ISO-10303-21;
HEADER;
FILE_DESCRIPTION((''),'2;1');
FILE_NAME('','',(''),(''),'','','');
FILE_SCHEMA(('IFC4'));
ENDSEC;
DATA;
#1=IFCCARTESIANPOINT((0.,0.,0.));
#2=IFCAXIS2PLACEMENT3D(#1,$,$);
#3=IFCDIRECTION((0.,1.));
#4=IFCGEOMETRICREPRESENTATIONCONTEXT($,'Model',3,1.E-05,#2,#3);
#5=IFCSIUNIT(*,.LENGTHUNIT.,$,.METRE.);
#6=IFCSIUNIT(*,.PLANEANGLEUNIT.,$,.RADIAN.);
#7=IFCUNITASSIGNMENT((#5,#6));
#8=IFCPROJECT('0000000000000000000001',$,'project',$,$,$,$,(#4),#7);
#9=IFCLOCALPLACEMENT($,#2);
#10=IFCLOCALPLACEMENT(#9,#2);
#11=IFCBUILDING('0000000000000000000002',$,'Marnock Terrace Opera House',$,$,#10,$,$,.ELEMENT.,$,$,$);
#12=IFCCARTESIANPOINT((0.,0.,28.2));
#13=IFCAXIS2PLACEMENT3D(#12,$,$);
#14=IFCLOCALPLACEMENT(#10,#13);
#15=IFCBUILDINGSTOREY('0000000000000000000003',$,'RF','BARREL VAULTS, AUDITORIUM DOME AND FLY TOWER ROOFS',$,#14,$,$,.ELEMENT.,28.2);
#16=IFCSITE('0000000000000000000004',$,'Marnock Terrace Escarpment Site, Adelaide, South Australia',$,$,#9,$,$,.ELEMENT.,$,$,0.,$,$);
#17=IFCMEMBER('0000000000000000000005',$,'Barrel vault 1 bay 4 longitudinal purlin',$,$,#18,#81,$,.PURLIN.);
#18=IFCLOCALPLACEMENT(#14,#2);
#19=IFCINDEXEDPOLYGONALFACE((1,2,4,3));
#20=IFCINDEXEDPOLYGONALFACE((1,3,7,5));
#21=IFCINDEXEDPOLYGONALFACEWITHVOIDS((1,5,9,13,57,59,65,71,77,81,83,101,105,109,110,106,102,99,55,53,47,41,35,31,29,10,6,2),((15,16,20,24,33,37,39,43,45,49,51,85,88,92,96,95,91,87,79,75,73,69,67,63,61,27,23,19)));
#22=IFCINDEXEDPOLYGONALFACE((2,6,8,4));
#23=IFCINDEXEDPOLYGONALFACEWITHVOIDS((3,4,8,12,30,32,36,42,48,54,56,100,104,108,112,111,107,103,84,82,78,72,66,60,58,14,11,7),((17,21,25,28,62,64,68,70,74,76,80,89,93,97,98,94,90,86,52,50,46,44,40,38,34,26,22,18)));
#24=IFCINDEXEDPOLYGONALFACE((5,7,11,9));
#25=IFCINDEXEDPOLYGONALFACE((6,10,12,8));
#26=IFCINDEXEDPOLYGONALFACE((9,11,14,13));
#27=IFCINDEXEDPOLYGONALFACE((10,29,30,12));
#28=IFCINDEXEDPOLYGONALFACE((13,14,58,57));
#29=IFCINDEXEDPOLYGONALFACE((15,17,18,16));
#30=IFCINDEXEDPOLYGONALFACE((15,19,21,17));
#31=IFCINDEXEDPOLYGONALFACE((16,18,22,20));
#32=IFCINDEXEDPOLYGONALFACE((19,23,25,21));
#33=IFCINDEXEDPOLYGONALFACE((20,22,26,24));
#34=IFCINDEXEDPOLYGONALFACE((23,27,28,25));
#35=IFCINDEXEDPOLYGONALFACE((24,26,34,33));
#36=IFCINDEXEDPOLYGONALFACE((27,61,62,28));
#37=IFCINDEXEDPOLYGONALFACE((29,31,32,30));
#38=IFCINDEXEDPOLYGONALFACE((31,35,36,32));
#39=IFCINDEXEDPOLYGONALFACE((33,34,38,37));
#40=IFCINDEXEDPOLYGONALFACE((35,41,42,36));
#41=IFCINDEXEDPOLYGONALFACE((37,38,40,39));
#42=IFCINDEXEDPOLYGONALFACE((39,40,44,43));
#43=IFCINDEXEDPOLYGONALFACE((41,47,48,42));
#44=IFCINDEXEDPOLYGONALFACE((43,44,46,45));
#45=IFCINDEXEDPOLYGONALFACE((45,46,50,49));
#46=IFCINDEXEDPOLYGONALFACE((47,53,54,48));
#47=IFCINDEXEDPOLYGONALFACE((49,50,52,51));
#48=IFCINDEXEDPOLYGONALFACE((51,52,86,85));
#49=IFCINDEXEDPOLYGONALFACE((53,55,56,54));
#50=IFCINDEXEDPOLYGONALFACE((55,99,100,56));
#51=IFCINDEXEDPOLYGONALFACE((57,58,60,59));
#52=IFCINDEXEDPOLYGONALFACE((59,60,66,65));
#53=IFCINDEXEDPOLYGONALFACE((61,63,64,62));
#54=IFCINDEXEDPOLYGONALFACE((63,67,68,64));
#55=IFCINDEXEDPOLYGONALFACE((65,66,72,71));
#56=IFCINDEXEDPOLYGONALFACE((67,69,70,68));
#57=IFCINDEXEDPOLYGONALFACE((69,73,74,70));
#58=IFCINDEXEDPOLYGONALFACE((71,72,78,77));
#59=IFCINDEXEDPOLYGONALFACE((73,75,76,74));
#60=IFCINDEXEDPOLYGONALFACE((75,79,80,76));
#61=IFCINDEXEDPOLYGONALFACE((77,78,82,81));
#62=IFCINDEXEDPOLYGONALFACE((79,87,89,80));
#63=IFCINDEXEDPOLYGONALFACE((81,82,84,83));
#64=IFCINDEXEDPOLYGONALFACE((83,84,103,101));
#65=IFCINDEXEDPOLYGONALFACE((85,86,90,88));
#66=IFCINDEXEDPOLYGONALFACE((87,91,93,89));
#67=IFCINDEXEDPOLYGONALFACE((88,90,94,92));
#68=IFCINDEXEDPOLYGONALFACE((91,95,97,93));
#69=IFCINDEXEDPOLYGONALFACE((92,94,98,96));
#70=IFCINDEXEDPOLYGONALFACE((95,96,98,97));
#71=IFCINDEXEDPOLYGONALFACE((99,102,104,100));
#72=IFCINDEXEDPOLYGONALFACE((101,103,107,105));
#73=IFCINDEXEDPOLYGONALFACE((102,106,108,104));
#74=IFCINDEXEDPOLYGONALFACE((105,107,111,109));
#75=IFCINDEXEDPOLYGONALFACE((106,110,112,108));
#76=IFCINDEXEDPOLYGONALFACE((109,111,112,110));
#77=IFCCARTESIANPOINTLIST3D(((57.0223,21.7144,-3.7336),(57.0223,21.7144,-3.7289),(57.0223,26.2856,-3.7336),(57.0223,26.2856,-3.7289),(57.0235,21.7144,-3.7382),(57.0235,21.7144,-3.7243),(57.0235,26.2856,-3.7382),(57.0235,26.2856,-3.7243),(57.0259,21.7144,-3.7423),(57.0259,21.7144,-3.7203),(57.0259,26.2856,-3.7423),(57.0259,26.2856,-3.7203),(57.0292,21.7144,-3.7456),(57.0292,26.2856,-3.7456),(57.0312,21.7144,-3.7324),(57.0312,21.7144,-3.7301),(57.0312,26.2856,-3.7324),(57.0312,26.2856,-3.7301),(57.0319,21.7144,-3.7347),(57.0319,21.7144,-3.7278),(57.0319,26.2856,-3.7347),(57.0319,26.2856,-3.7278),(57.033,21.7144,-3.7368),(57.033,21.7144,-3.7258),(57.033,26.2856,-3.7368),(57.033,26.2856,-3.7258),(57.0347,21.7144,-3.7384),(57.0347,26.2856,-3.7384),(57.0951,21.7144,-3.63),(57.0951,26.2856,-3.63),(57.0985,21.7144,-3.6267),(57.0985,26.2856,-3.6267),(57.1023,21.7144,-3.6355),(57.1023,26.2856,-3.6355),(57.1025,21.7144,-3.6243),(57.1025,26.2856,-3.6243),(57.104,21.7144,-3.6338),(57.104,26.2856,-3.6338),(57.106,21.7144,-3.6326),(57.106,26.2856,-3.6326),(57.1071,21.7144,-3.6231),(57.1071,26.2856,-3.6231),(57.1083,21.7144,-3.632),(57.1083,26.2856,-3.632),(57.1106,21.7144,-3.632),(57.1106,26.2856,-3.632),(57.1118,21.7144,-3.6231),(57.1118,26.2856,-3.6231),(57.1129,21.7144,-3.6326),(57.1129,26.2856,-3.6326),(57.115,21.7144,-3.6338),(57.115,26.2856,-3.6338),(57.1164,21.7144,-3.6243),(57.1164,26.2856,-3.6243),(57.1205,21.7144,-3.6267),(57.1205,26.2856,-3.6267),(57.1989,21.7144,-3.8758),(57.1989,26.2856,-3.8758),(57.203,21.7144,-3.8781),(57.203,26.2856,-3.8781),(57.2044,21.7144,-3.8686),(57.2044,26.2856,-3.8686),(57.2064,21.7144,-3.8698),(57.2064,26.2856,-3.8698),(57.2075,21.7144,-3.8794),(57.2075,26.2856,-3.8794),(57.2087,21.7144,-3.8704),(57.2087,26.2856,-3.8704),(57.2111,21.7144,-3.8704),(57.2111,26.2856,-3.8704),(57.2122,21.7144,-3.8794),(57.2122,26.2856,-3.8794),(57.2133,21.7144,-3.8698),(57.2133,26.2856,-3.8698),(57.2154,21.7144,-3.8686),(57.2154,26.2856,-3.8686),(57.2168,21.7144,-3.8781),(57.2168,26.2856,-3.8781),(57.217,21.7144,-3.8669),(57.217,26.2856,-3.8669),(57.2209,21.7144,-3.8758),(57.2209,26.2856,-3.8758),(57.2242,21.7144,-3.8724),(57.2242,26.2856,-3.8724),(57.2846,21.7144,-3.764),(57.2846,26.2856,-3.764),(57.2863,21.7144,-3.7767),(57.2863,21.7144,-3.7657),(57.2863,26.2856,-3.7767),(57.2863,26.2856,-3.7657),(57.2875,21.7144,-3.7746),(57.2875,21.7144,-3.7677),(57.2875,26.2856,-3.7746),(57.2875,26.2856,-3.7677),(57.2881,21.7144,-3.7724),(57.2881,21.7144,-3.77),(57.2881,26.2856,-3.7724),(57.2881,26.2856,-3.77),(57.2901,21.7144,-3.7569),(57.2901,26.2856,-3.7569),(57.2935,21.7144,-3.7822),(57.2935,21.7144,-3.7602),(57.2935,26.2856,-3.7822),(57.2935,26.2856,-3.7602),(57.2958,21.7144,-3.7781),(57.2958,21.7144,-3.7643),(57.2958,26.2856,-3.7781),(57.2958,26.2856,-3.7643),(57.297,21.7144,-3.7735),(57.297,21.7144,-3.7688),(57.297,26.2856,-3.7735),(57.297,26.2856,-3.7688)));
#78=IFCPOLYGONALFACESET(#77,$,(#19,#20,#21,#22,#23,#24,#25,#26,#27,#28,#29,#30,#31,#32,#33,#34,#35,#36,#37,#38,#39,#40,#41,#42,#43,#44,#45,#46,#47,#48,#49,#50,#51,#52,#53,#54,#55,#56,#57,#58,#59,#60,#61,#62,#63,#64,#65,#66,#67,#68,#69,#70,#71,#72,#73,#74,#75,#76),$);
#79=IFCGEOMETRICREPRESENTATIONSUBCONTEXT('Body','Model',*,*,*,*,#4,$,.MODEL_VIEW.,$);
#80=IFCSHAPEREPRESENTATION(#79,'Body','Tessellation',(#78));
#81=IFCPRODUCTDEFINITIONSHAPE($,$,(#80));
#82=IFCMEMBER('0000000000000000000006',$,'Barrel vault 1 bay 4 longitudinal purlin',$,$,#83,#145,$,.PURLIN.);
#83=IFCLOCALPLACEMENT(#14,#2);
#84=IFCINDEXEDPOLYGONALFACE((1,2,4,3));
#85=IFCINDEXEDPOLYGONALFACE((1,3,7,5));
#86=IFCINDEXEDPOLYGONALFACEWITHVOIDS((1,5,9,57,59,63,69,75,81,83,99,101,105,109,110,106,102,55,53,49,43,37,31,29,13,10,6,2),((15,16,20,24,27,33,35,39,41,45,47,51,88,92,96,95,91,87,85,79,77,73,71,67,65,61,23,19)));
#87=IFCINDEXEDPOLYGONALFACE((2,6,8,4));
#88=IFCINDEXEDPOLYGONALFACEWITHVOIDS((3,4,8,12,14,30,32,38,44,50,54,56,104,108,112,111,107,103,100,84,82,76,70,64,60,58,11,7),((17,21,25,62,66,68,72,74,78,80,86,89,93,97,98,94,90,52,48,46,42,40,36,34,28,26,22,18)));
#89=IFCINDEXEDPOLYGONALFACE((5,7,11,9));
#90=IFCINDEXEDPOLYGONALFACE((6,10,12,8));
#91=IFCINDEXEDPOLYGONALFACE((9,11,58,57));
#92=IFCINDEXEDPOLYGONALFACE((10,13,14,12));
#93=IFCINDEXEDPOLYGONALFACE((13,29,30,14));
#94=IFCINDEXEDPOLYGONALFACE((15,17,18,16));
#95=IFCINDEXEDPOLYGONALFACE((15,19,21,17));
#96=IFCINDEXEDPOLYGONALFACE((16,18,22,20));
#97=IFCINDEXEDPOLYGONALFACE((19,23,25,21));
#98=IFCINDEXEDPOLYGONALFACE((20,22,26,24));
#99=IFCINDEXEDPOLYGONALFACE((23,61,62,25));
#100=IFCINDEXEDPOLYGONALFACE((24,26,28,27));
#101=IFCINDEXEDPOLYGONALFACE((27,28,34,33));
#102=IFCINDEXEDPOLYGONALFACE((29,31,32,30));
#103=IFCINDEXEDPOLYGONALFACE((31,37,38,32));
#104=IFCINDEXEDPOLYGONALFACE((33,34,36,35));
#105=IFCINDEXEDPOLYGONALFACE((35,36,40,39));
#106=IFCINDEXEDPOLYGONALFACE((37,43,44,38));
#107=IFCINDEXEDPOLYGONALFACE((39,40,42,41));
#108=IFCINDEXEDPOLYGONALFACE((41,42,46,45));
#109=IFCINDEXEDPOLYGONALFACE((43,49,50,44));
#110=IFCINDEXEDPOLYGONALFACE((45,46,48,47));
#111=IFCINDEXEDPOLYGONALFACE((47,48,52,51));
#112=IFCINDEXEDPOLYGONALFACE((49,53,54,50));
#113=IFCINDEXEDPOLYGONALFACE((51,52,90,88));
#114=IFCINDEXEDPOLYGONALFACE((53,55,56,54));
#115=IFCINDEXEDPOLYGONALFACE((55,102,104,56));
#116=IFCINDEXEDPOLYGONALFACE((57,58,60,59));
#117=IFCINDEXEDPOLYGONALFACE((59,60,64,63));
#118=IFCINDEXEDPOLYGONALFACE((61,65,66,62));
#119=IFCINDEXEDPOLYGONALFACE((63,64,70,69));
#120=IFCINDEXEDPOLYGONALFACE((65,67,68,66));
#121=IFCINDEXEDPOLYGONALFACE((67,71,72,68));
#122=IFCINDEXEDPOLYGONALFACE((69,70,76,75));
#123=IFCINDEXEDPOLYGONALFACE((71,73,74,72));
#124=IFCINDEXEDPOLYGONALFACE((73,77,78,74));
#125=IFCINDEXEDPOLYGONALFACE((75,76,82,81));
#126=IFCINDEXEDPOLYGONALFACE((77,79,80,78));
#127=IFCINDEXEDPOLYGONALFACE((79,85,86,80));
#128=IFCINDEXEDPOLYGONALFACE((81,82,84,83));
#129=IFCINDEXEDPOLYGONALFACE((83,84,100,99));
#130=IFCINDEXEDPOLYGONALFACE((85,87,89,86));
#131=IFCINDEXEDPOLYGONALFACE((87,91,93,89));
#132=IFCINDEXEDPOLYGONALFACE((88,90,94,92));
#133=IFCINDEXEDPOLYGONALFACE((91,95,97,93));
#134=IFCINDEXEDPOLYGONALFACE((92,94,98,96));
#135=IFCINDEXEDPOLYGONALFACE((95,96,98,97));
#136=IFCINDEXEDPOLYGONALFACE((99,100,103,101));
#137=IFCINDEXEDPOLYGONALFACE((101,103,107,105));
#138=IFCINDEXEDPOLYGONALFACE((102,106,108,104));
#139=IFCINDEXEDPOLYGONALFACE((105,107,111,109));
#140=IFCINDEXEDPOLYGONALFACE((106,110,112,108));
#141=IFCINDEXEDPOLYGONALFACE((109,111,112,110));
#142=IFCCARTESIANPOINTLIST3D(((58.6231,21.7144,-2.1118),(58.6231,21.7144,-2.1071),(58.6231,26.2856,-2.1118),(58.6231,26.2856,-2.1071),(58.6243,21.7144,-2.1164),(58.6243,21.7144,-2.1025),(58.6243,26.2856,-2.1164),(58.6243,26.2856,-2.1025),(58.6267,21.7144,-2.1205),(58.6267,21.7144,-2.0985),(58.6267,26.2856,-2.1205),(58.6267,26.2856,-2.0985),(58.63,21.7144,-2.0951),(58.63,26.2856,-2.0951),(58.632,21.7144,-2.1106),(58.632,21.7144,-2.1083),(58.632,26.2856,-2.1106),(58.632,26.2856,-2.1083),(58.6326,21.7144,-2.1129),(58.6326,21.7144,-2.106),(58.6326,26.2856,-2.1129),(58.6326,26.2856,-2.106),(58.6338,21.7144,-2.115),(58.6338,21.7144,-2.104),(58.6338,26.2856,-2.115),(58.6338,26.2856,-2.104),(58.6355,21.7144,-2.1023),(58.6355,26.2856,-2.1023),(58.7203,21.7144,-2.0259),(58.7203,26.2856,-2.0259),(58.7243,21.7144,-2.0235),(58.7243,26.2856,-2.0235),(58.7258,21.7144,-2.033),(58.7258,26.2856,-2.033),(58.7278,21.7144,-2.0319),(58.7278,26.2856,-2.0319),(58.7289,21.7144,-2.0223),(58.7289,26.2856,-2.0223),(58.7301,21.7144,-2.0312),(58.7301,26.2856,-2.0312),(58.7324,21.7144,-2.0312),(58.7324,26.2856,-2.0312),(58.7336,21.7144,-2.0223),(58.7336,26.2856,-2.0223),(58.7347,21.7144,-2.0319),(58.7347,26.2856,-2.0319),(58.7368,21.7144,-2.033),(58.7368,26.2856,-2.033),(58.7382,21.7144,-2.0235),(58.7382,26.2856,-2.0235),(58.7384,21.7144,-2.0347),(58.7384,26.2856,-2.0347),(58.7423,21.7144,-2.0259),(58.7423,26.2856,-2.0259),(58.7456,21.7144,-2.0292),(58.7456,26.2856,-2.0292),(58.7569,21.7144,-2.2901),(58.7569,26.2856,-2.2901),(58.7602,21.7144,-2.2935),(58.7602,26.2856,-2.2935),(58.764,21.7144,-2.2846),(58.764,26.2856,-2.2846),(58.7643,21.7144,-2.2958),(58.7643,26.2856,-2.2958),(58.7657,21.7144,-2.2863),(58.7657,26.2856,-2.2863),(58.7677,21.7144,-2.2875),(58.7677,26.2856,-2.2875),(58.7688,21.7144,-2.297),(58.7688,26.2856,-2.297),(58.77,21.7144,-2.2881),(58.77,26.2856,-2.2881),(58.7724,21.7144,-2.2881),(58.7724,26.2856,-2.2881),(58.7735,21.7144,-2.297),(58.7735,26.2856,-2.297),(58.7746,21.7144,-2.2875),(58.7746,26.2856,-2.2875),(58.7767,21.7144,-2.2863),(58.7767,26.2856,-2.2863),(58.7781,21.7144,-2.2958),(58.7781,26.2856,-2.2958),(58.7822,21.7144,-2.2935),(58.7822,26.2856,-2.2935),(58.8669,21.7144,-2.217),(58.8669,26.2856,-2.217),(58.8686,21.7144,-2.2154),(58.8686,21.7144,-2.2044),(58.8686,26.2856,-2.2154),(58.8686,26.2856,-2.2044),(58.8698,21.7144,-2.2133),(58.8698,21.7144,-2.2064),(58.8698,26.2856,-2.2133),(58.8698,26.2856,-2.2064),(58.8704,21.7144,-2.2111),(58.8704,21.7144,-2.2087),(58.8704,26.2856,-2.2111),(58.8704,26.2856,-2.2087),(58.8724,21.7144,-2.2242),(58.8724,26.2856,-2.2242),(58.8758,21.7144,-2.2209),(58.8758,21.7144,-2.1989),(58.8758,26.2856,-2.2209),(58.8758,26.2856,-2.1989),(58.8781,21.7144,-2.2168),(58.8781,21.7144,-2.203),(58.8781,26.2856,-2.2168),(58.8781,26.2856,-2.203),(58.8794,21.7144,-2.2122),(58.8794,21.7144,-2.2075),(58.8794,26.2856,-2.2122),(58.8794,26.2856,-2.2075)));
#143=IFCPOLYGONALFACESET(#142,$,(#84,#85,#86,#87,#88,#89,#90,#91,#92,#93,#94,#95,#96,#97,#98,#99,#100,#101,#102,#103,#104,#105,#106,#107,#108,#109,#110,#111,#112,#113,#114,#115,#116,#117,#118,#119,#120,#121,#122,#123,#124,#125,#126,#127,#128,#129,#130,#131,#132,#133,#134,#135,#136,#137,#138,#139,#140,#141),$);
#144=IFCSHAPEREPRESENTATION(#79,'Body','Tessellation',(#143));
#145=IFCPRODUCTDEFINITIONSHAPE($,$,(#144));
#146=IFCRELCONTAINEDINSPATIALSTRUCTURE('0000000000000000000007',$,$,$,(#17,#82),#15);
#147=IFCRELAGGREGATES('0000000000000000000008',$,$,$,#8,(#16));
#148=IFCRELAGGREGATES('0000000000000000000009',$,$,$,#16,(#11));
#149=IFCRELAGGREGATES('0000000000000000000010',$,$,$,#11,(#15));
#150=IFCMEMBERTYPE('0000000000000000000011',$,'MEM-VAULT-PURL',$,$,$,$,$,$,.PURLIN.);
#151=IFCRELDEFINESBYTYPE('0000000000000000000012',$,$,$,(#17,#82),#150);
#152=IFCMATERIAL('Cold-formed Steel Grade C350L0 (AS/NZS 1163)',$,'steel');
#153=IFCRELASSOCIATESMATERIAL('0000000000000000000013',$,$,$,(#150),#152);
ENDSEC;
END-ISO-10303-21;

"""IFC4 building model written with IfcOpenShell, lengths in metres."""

from ifc_helpers import new_model, si_unit, direction, frame, origin, origin_2d, place, context, subcontext, project, spatial, hollow_rectangle, extrude, material, material_profile, profile_set, type_object, element, save


model = new_model("IFC4")

# Units and contexts
model_context = context("Model", 3, precision=1e-05, world=origin(), true_north=direction((0.0, 1.0)))
body_context = subcontext(model_context, "Body", "Model", "MODEL_VIEW")
ifc_project = project(units=[si_unit("LENGTHUNIT", "METRE"), si_unit("PLANEANGLEUNIT", "RADIAN")], contexts=[model_context])

# Site, building, storey
site_placement = place(None, origin())
site = spatial("IfcSite", under=ifc_project, at=site_placement, Name="Marnock Terrace Escarpment Site, Adelaide, South Australia", CompositionType="ELEMENT", RefElevation=0.0)
building_placement = place(site_placement, origin())
building = spatial("IfcBuilding", under=site, at=building_placement, Name="Marnock Terrace Opera House", CompositionType="ELEMENT")
storey_placement = place(building_placement, frame((0.0, 0.0, 28.2)))
storey = spatial("IfcBuildingStorey", under=building, at=storey_placement, Name="RF", Description="BARREL VAULTS, AUDITORIUM DOME AND FLY TOWER ROOFS", CompositionType="ELEMENT", Elevation=28.2)

# Members
ifc_material_1 = material(Name="Cold-formed Steel Grade C350L0 (AS/NZS 1163)", Category="steel")
ifc_material_profile_1 = material_profile(ifc_material_1, hollow_rectangle(XDim=0.1499, YDim=0.25, WallThickness=0.009, InnerFilletRadius=0.009, OuterFilletRadius=0.0181, at=origin_2d()))
ifc_profile_set_1 = profile_set([ifc_material_profile_1], Name="Cold-formed Steel Grade C350L0 (AS/NZS 1163)")
member_type_1 = type_object("IfcMemberType", Name="MEM-VAULT-PURL", PredefinedType="PURLIN", material=ifc_profile_set_1)
for number, where, z_axis, x_axis, name in (
    (1, (57.1597, 21.7144, -3.7512), (0.0, 1.0, 0.0), (-0.608761, 0.0, -0.793353), "Barrel vault 1 bay 4 longitudinal purlin"),
    (2, (58.7512, 21.7144, -2.1597), (0.0, 1.0, 0.0), (-0.793353, 0.0, -0.608761), "Barrel vault 1 bay 4 longitudinal purlin"),
):
    element("IfcMember", number, at=place(storey_placement, frame(where, z_axis=z_axis, x_axis=x_axis)), inside=storey, type_object=member_type_1, Name=name, PredefinedType="PURLIN", context=body_context, shape_type="SweptSolid", body=[
        extrude(hollow_rectangle(XDim=0.1499, YDim=0.25, WallThickness=0.009, InnerFilletRadius=0.009, OuterFilletRadius=0.0181, at=origin_2d()), origin(), (0.0, 0.0, 1.0), 4.5713),
    ])

save(model, "model.ifc")
